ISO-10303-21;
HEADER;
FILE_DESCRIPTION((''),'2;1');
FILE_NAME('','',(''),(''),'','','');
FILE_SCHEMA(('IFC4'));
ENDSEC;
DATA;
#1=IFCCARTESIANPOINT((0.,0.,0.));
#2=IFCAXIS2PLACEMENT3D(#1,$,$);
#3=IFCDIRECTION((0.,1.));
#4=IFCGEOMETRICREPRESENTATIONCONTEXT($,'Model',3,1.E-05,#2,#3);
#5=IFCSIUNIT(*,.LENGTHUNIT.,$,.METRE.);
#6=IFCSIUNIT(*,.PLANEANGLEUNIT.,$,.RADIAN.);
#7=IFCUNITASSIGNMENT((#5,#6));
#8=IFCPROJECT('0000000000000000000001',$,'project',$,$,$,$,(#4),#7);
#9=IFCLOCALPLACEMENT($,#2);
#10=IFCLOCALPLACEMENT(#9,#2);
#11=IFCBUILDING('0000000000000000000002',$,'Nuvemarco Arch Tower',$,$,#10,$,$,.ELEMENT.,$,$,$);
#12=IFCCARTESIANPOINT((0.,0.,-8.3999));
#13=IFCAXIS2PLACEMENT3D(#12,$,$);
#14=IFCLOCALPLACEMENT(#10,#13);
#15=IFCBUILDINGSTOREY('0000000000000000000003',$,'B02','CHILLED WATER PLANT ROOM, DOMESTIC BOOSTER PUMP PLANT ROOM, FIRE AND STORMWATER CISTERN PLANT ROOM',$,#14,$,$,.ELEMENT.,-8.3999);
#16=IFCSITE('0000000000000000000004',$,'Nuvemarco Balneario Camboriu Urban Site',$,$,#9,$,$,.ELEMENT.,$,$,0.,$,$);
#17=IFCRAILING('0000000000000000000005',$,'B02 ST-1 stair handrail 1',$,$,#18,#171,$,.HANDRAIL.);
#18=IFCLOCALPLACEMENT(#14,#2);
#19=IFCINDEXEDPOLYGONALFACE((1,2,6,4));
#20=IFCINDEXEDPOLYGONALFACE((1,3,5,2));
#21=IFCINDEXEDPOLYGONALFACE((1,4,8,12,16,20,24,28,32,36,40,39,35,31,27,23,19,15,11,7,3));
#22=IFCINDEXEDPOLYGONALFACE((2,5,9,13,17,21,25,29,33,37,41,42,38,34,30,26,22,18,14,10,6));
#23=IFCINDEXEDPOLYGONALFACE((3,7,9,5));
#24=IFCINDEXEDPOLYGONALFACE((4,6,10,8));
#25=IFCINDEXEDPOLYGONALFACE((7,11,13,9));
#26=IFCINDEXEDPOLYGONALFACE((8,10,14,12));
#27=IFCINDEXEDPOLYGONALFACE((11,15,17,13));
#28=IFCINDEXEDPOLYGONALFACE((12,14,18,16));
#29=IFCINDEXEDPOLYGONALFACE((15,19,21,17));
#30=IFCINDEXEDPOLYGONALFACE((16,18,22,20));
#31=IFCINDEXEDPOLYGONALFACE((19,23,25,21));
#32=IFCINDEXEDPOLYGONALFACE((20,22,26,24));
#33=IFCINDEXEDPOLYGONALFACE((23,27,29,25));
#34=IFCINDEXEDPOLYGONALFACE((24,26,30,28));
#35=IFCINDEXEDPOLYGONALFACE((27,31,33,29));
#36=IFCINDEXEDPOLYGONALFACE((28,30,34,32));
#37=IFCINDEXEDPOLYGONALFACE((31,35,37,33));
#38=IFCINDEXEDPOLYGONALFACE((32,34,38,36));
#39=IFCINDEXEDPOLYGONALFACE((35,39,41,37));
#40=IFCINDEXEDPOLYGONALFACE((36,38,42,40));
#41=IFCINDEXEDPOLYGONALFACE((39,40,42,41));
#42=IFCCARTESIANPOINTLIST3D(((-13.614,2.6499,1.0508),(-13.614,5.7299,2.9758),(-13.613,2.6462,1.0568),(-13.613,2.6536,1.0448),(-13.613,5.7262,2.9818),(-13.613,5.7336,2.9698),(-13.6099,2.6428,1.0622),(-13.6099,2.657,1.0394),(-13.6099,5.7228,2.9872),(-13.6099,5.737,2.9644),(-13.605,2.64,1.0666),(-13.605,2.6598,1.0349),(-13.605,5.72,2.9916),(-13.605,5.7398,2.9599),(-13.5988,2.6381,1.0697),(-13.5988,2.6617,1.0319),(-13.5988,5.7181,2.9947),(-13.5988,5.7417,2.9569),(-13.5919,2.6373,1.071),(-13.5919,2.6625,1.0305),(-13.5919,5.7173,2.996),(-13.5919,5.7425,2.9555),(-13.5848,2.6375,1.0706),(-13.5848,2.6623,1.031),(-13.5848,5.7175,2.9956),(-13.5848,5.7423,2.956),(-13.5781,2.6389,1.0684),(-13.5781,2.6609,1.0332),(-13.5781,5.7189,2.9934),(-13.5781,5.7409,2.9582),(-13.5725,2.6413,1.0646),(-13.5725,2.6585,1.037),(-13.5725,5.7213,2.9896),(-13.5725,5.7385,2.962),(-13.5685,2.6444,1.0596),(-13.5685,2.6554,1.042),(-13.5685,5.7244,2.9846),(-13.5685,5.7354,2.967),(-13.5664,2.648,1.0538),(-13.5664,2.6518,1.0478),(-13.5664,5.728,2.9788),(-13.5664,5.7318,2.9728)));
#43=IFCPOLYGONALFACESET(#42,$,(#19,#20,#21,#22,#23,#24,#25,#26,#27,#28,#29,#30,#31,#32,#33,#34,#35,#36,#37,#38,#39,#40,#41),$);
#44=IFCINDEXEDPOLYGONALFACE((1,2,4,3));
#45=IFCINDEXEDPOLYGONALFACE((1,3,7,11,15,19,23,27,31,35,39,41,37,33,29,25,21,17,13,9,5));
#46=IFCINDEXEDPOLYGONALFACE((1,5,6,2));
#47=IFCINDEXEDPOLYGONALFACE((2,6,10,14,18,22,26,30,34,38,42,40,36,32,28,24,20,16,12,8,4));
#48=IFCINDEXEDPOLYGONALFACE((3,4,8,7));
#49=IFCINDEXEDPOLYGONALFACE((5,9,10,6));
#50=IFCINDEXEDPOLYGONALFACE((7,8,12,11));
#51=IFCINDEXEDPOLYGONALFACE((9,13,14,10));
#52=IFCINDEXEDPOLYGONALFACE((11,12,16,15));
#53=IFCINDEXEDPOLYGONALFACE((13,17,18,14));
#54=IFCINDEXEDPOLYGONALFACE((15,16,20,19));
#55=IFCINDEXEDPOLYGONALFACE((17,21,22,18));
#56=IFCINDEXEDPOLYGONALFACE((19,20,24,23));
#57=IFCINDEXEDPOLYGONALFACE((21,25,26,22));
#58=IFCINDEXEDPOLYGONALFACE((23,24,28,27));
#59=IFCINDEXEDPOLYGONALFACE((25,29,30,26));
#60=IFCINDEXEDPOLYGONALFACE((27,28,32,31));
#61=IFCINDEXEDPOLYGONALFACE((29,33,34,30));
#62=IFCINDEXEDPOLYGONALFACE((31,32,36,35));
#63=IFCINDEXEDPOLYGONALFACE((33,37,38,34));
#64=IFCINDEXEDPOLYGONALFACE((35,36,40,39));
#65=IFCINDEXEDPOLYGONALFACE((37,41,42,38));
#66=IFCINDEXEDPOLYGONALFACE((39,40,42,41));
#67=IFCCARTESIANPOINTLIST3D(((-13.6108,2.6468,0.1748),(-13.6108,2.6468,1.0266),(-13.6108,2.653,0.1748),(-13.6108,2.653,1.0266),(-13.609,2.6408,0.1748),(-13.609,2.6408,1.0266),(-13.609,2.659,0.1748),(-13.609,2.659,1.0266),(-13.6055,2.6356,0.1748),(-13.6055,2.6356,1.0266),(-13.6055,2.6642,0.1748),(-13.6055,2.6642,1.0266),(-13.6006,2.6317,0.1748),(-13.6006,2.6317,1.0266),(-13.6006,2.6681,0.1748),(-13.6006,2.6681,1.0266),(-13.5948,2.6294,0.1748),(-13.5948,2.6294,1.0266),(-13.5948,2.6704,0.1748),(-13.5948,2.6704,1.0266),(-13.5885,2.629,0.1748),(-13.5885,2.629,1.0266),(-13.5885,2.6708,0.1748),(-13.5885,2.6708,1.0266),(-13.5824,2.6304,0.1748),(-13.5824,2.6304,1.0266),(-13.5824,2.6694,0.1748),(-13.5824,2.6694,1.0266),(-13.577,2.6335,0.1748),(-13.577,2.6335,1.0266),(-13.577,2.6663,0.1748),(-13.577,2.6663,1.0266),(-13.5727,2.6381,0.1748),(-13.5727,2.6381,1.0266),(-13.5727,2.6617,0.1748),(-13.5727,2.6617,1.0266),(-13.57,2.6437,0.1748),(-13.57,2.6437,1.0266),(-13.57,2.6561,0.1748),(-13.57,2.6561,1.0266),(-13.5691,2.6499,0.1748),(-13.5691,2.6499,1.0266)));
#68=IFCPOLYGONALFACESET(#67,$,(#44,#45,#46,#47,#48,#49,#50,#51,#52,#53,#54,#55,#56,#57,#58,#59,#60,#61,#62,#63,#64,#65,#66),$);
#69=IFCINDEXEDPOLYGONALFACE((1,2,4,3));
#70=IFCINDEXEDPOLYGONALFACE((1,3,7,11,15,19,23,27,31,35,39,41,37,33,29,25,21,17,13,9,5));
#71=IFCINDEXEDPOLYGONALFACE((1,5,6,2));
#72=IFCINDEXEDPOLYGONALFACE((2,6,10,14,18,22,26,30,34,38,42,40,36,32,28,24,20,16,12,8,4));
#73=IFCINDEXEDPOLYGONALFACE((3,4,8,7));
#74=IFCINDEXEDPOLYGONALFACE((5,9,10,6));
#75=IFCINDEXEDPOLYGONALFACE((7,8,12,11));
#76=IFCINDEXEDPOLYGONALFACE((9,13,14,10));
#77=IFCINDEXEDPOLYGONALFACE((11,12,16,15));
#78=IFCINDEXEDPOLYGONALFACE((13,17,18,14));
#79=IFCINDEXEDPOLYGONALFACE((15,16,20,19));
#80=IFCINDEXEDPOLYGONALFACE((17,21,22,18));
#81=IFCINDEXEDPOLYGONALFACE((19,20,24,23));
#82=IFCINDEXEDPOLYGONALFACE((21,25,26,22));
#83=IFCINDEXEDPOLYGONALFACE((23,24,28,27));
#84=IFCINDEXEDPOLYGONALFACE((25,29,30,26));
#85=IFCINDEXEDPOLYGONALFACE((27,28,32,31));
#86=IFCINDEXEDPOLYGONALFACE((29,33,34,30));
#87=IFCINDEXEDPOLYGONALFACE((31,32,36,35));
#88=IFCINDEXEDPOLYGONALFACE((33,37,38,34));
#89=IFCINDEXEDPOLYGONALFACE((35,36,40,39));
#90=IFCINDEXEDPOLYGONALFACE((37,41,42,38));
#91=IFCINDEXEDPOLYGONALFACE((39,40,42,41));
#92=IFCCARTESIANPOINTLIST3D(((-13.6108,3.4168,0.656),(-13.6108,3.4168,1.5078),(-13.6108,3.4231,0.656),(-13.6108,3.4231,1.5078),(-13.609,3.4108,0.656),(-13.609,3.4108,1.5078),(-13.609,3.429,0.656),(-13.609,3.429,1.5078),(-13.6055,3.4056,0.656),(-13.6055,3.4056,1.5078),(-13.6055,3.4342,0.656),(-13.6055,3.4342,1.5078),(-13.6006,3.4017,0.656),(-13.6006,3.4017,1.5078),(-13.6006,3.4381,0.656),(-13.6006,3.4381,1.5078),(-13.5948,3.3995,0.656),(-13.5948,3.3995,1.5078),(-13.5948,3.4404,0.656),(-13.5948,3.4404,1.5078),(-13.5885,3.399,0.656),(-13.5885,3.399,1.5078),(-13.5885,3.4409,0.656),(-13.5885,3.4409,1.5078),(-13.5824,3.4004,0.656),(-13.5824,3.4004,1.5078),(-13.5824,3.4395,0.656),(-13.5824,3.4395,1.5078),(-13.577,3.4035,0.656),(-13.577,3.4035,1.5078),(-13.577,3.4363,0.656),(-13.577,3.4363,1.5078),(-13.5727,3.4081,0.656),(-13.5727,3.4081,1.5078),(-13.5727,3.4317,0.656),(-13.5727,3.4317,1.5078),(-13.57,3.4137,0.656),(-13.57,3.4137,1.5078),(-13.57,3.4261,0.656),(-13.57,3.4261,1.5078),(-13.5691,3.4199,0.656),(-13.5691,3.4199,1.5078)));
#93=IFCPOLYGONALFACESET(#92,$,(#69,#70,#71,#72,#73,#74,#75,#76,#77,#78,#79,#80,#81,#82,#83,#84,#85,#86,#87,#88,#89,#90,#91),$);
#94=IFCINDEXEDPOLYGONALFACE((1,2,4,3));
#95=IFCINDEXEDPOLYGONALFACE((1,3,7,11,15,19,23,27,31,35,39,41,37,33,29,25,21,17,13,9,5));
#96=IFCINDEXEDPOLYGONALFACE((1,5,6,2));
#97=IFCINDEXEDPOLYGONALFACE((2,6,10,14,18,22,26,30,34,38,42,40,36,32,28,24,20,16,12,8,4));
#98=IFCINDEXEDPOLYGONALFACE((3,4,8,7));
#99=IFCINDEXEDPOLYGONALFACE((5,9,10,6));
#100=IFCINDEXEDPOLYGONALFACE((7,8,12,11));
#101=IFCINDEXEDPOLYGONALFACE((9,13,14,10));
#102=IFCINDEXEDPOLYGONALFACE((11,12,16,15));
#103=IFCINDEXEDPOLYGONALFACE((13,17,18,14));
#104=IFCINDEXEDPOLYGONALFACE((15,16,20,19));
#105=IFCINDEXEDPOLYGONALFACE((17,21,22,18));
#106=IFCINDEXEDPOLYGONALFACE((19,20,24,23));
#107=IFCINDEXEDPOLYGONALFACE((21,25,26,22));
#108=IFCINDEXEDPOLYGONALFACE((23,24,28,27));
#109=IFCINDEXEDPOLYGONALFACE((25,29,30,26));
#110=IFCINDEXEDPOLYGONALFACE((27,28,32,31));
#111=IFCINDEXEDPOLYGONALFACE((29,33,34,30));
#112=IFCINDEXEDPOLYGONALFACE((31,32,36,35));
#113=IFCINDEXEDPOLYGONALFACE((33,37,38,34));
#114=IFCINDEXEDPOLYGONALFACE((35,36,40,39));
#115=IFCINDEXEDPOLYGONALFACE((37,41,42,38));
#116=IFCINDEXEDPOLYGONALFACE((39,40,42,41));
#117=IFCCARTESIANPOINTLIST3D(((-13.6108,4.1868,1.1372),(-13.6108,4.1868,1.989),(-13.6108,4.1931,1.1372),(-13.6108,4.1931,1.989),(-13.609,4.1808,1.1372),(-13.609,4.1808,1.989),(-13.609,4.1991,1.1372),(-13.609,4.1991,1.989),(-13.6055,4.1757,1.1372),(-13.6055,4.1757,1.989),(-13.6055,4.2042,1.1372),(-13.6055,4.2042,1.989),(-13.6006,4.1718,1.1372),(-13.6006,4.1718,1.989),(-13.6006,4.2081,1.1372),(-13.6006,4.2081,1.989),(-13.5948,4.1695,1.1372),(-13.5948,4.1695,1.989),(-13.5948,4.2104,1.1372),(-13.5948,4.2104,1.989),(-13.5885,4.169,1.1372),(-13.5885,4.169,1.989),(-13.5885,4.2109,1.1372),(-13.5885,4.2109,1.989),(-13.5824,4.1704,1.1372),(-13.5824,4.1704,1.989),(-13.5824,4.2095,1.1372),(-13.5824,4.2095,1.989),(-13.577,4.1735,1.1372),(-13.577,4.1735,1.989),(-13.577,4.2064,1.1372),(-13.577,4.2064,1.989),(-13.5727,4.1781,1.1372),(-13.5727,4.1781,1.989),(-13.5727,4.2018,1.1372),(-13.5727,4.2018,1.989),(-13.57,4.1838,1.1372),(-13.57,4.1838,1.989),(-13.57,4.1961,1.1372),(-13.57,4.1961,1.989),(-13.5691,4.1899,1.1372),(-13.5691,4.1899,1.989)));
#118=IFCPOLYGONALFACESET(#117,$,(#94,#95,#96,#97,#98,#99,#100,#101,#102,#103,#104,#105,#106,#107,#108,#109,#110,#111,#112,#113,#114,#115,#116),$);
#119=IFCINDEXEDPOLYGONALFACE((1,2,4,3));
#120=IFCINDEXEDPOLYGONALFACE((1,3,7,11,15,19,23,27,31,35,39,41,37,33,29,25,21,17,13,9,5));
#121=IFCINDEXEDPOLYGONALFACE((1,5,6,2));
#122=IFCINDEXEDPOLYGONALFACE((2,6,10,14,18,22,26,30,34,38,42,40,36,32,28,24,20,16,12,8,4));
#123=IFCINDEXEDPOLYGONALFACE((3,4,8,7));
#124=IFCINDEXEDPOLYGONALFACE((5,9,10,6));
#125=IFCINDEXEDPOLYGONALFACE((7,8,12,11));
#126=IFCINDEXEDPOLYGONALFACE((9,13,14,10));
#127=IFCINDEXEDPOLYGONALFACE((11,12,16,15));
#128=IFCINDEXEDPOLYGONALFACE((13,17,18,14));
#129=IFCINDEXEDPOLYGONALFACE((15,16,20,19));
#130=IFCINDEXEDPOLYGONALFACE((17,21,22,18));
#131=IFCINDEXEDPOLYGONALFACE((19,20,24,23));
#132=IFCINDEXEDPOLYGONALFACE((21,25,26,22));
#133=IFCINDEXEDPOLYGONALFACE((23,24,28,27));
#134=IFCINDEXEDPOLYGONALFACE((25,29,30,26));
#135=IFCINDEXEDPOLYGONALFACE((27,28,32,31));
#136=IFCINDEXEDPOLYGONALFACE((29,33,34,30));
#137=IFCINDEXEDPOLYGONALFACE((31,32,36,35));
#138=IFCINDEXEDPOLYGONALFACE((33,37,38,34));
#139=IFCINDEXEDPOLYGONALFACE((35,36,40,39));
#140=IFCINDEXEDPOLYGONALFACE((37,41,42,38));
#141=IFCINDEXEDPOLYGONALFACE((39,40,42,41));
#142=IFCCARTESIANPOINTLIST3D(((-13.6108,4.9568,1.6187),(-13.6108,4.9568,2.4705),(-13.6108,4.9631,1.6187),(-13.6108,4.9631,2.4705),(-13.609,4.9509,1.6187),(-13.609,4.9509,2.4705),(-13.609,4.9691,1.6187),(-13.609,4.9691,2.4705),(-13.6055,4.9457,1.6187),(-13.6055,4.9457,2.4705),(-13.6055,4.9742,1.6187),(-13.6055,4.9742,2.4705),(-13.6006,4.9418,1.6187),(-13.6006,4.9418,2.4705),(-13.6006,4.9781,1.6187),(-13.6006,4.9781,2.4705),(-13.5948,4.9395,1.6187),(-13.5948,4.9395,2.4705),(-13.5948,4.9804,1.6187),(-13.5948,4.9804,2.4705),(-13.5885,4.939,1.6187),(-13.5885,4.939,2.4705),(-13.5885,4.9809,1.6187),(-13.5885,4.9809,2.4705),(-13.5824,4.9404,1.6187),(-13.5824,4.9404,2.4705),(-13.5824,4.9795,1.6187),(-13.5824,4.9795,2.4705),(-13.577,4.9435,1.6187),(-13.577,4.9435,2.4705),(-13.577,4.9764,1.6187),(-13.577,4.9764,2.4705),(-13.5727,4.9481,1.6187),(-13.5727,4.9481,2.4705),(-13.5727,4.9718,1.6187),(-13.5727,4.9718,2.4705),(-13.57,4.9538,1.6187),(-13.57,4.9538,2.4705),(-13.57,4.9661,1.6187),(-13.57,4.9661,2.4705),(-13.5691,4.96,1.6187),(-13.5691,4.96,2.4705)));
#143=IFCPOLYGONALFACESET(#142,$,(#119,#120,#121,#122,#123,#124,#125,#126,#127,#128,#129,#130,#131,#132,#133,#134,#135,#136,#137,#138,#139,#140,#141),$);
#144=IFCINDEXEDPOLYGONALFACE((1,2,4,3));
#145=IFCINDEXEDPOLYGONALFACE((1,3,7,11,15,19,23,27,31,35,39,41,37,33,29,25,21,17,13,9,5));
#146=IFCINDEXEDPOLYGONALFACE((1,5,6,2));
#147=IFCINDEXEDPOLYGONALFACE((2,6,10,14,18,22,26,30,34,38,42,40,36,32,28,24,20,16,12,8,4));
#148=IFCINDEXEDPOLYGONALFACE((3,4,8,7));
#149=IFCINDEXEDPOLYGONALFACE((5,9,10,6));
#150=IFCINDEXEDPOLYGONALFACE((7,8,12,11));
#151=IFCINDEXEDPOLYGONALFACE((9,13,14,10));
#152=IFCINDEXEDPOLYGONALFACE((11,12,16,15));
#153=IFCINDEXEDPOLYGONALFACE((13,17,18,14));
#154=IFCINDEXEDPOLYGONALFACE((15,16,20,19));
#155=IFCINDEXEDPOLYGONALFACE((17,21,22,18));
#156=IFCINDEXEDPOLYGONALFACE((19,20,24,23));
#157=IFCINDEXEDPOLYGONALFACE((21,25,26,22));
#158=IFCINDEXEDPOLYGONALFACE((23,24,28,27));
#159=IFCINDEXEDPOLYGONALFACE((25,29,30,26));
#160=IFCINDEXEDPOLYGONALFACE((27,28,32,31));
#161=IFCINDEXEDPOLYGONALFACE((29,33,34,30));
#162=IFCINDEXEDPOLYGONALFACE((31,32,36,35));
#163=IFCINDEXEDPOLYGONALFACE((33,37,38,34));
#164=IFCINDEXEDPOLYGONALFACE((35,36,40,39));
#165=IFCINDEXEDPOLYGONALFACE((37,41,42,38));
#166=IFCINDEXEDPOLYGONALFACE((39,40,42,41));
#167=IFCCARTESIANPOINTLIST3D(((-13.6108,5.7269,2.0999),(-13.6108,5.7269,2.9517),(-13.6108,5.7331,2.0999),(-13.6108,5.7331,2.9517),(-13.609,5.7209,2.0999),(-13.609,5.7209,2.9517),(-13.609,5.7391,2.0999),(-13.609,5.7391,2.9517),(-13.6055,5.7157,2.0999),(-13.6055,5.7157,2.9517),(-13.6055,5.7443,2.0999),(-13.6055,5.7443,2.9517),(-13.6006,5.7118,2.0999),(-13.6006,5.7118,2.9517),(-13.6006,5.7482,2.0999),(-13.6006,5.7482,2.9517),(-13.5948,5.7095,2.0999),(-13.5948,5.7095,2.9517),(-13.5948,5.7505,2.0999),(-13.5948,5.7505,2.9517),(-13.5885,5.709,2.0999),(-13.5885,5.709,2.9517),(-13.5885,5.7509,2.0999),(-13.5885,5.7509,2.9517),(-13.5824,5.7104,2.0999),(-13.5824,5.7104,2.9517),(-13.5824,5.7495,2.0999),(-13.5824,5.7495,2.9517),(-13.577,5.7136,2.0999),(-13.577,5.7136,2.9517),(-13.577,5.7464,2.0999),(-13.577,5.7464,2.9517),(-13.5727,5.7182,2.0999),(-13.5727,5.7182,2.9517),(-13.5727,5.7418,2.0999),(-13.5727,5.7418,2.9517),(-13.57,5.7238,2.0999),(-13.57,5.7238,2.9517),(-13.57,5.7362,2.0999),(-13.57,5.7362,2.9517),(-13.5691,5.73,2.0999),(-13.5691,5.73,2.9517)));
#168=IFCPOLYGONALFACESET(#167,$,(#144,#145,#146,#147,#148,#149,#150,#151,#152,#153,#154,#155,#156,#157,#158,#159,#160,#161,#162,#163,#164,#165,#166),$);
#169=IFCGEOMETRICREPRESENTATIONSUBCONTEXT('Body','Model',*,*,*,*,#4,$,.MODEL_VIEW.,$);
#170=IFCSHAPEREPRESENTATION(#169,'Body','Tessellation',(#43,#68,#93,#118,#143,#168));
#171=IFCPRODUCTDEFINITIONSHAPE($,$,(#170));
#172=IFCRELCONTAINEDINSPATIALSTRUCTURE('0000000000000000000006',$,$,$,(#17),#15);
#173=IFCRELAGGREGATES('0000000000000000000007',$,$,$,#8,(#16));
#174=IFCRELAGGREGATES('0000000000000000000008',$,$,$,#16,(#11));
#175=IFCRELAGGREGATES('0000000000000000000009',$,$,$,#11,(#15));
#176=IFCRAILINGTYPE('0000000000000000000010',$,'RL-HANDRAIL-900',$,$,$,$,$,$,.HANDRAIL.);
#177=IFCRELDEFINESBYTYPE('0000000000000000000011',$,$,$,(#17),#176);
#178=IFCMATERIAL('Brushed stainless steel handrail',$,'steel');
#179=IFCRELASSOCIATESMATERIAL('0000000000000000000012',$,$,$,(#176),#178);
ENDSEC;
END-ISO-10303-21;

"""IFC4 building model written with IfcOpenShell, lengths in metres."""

from ifc_helpers import new_model, si_unit, direction, frame, origin, origin_2d, place, context, subcontext, project, spatial, circle, extrude, material, type_object, element, save


model = new_model("IFC4")

# Units and contexts
model_context = context("Model", 3, precision=1e-05, world=origin(), true_north=direction((0.0, 1.0)))
body_context = subcontext(model_context, "Body", "Model", "MODEL_VIEW")
ifc_project = project(units=[si_unit("LENGTHUNIT", "METRE"), si_unit("PLANEANGLEUNIT", "RADIAN")], contexts=[model_context])

# Site, building, storey
site_placement = place(None, origin())
site = spatial("IfcSite", under=ifc_project, at=site_placement, Name="Nuvemarco Balneario Camboriu Urban Site", CompositionType="ELEMENT", RefElevation=0.0)
building_placement = place(site_placement, origin())
building = spatial("IfcBuilding", under=site, at=building_placement, Name="Nuvemarco Arch Tower", CompositionType="ELEMENT")
storey_placement = place(building_placement, frame((0.0, 0.0, -8.3999)))
storey = spatial("IfcBuildingStorey", under=building, at=storey_placement, Name="B02", Description="CHILLED WATER PLANT ROOM, DOMESTIC BOOSTER PUMP PLANT ROOM, FIRE AND STORMWATER CISTERN PLANT ROOM", CompositionType="ELEMENT", Elevation=-8.3999)

# Railing
ifc_material_1 = material(Name="Brushed stainless steel handrail", Category="steel")
railing_type_1 = type_object("IfcRailingType", Name="RL-HANDRAIL-900", PredefinedType="HANDRAIL", material=ifc_material_1)
railing_1_placement = place(storey_placement, frame((-13.5901, 2.6499, 0.1748)))
element("IfcRailing", 1, at=railing_1_placement, inside=storey, type_object=railing_type_1, Name="B02 ST-1 stair handrail 1", PredefinedType="HANDRAIL", context=body_context, shape_type="SweptSolid", body=[
    extrude(circle(Radius=0.0239, at=origin_2d()), frame((0.0, 0.0, 0.876), z_axis=(0.0, 0.847998, 0.529999), x_axis=(-1.0, 0.0, 0.0)), (0.0, 0.0, 1.0), 3.6321),
    extrude(circle(Radius=0.021, at=origin_2d()), origin(), (0.0, 0.0, 1.0), 0.8518),
    extrude(circle(Radius=0.021, at=origin_2d()), frame((0.0, 0.77, 0.4812)), (0.0, 0.0, 1.0), 0.8518),
    extrude(circle(Radius=0.021, at=origin_2d()), frame((0.0, 1.54, 0.9624)), (0.0, 0.0, 1.0), 0.8518),
    extrude(circle(Radius=0.021, at=origin_2d()), frame((0.0, 2.3101, 1.4438)), (0.0, 0.0, 1.0), 0.8518),
    extrude(circle(Radius=0.021, at=origin_2d()), frame((0.0, 3.0801, 1.925)), (0.0, 0.0, 1.0), 0.8518),
])

save(model, "model.ifc")
